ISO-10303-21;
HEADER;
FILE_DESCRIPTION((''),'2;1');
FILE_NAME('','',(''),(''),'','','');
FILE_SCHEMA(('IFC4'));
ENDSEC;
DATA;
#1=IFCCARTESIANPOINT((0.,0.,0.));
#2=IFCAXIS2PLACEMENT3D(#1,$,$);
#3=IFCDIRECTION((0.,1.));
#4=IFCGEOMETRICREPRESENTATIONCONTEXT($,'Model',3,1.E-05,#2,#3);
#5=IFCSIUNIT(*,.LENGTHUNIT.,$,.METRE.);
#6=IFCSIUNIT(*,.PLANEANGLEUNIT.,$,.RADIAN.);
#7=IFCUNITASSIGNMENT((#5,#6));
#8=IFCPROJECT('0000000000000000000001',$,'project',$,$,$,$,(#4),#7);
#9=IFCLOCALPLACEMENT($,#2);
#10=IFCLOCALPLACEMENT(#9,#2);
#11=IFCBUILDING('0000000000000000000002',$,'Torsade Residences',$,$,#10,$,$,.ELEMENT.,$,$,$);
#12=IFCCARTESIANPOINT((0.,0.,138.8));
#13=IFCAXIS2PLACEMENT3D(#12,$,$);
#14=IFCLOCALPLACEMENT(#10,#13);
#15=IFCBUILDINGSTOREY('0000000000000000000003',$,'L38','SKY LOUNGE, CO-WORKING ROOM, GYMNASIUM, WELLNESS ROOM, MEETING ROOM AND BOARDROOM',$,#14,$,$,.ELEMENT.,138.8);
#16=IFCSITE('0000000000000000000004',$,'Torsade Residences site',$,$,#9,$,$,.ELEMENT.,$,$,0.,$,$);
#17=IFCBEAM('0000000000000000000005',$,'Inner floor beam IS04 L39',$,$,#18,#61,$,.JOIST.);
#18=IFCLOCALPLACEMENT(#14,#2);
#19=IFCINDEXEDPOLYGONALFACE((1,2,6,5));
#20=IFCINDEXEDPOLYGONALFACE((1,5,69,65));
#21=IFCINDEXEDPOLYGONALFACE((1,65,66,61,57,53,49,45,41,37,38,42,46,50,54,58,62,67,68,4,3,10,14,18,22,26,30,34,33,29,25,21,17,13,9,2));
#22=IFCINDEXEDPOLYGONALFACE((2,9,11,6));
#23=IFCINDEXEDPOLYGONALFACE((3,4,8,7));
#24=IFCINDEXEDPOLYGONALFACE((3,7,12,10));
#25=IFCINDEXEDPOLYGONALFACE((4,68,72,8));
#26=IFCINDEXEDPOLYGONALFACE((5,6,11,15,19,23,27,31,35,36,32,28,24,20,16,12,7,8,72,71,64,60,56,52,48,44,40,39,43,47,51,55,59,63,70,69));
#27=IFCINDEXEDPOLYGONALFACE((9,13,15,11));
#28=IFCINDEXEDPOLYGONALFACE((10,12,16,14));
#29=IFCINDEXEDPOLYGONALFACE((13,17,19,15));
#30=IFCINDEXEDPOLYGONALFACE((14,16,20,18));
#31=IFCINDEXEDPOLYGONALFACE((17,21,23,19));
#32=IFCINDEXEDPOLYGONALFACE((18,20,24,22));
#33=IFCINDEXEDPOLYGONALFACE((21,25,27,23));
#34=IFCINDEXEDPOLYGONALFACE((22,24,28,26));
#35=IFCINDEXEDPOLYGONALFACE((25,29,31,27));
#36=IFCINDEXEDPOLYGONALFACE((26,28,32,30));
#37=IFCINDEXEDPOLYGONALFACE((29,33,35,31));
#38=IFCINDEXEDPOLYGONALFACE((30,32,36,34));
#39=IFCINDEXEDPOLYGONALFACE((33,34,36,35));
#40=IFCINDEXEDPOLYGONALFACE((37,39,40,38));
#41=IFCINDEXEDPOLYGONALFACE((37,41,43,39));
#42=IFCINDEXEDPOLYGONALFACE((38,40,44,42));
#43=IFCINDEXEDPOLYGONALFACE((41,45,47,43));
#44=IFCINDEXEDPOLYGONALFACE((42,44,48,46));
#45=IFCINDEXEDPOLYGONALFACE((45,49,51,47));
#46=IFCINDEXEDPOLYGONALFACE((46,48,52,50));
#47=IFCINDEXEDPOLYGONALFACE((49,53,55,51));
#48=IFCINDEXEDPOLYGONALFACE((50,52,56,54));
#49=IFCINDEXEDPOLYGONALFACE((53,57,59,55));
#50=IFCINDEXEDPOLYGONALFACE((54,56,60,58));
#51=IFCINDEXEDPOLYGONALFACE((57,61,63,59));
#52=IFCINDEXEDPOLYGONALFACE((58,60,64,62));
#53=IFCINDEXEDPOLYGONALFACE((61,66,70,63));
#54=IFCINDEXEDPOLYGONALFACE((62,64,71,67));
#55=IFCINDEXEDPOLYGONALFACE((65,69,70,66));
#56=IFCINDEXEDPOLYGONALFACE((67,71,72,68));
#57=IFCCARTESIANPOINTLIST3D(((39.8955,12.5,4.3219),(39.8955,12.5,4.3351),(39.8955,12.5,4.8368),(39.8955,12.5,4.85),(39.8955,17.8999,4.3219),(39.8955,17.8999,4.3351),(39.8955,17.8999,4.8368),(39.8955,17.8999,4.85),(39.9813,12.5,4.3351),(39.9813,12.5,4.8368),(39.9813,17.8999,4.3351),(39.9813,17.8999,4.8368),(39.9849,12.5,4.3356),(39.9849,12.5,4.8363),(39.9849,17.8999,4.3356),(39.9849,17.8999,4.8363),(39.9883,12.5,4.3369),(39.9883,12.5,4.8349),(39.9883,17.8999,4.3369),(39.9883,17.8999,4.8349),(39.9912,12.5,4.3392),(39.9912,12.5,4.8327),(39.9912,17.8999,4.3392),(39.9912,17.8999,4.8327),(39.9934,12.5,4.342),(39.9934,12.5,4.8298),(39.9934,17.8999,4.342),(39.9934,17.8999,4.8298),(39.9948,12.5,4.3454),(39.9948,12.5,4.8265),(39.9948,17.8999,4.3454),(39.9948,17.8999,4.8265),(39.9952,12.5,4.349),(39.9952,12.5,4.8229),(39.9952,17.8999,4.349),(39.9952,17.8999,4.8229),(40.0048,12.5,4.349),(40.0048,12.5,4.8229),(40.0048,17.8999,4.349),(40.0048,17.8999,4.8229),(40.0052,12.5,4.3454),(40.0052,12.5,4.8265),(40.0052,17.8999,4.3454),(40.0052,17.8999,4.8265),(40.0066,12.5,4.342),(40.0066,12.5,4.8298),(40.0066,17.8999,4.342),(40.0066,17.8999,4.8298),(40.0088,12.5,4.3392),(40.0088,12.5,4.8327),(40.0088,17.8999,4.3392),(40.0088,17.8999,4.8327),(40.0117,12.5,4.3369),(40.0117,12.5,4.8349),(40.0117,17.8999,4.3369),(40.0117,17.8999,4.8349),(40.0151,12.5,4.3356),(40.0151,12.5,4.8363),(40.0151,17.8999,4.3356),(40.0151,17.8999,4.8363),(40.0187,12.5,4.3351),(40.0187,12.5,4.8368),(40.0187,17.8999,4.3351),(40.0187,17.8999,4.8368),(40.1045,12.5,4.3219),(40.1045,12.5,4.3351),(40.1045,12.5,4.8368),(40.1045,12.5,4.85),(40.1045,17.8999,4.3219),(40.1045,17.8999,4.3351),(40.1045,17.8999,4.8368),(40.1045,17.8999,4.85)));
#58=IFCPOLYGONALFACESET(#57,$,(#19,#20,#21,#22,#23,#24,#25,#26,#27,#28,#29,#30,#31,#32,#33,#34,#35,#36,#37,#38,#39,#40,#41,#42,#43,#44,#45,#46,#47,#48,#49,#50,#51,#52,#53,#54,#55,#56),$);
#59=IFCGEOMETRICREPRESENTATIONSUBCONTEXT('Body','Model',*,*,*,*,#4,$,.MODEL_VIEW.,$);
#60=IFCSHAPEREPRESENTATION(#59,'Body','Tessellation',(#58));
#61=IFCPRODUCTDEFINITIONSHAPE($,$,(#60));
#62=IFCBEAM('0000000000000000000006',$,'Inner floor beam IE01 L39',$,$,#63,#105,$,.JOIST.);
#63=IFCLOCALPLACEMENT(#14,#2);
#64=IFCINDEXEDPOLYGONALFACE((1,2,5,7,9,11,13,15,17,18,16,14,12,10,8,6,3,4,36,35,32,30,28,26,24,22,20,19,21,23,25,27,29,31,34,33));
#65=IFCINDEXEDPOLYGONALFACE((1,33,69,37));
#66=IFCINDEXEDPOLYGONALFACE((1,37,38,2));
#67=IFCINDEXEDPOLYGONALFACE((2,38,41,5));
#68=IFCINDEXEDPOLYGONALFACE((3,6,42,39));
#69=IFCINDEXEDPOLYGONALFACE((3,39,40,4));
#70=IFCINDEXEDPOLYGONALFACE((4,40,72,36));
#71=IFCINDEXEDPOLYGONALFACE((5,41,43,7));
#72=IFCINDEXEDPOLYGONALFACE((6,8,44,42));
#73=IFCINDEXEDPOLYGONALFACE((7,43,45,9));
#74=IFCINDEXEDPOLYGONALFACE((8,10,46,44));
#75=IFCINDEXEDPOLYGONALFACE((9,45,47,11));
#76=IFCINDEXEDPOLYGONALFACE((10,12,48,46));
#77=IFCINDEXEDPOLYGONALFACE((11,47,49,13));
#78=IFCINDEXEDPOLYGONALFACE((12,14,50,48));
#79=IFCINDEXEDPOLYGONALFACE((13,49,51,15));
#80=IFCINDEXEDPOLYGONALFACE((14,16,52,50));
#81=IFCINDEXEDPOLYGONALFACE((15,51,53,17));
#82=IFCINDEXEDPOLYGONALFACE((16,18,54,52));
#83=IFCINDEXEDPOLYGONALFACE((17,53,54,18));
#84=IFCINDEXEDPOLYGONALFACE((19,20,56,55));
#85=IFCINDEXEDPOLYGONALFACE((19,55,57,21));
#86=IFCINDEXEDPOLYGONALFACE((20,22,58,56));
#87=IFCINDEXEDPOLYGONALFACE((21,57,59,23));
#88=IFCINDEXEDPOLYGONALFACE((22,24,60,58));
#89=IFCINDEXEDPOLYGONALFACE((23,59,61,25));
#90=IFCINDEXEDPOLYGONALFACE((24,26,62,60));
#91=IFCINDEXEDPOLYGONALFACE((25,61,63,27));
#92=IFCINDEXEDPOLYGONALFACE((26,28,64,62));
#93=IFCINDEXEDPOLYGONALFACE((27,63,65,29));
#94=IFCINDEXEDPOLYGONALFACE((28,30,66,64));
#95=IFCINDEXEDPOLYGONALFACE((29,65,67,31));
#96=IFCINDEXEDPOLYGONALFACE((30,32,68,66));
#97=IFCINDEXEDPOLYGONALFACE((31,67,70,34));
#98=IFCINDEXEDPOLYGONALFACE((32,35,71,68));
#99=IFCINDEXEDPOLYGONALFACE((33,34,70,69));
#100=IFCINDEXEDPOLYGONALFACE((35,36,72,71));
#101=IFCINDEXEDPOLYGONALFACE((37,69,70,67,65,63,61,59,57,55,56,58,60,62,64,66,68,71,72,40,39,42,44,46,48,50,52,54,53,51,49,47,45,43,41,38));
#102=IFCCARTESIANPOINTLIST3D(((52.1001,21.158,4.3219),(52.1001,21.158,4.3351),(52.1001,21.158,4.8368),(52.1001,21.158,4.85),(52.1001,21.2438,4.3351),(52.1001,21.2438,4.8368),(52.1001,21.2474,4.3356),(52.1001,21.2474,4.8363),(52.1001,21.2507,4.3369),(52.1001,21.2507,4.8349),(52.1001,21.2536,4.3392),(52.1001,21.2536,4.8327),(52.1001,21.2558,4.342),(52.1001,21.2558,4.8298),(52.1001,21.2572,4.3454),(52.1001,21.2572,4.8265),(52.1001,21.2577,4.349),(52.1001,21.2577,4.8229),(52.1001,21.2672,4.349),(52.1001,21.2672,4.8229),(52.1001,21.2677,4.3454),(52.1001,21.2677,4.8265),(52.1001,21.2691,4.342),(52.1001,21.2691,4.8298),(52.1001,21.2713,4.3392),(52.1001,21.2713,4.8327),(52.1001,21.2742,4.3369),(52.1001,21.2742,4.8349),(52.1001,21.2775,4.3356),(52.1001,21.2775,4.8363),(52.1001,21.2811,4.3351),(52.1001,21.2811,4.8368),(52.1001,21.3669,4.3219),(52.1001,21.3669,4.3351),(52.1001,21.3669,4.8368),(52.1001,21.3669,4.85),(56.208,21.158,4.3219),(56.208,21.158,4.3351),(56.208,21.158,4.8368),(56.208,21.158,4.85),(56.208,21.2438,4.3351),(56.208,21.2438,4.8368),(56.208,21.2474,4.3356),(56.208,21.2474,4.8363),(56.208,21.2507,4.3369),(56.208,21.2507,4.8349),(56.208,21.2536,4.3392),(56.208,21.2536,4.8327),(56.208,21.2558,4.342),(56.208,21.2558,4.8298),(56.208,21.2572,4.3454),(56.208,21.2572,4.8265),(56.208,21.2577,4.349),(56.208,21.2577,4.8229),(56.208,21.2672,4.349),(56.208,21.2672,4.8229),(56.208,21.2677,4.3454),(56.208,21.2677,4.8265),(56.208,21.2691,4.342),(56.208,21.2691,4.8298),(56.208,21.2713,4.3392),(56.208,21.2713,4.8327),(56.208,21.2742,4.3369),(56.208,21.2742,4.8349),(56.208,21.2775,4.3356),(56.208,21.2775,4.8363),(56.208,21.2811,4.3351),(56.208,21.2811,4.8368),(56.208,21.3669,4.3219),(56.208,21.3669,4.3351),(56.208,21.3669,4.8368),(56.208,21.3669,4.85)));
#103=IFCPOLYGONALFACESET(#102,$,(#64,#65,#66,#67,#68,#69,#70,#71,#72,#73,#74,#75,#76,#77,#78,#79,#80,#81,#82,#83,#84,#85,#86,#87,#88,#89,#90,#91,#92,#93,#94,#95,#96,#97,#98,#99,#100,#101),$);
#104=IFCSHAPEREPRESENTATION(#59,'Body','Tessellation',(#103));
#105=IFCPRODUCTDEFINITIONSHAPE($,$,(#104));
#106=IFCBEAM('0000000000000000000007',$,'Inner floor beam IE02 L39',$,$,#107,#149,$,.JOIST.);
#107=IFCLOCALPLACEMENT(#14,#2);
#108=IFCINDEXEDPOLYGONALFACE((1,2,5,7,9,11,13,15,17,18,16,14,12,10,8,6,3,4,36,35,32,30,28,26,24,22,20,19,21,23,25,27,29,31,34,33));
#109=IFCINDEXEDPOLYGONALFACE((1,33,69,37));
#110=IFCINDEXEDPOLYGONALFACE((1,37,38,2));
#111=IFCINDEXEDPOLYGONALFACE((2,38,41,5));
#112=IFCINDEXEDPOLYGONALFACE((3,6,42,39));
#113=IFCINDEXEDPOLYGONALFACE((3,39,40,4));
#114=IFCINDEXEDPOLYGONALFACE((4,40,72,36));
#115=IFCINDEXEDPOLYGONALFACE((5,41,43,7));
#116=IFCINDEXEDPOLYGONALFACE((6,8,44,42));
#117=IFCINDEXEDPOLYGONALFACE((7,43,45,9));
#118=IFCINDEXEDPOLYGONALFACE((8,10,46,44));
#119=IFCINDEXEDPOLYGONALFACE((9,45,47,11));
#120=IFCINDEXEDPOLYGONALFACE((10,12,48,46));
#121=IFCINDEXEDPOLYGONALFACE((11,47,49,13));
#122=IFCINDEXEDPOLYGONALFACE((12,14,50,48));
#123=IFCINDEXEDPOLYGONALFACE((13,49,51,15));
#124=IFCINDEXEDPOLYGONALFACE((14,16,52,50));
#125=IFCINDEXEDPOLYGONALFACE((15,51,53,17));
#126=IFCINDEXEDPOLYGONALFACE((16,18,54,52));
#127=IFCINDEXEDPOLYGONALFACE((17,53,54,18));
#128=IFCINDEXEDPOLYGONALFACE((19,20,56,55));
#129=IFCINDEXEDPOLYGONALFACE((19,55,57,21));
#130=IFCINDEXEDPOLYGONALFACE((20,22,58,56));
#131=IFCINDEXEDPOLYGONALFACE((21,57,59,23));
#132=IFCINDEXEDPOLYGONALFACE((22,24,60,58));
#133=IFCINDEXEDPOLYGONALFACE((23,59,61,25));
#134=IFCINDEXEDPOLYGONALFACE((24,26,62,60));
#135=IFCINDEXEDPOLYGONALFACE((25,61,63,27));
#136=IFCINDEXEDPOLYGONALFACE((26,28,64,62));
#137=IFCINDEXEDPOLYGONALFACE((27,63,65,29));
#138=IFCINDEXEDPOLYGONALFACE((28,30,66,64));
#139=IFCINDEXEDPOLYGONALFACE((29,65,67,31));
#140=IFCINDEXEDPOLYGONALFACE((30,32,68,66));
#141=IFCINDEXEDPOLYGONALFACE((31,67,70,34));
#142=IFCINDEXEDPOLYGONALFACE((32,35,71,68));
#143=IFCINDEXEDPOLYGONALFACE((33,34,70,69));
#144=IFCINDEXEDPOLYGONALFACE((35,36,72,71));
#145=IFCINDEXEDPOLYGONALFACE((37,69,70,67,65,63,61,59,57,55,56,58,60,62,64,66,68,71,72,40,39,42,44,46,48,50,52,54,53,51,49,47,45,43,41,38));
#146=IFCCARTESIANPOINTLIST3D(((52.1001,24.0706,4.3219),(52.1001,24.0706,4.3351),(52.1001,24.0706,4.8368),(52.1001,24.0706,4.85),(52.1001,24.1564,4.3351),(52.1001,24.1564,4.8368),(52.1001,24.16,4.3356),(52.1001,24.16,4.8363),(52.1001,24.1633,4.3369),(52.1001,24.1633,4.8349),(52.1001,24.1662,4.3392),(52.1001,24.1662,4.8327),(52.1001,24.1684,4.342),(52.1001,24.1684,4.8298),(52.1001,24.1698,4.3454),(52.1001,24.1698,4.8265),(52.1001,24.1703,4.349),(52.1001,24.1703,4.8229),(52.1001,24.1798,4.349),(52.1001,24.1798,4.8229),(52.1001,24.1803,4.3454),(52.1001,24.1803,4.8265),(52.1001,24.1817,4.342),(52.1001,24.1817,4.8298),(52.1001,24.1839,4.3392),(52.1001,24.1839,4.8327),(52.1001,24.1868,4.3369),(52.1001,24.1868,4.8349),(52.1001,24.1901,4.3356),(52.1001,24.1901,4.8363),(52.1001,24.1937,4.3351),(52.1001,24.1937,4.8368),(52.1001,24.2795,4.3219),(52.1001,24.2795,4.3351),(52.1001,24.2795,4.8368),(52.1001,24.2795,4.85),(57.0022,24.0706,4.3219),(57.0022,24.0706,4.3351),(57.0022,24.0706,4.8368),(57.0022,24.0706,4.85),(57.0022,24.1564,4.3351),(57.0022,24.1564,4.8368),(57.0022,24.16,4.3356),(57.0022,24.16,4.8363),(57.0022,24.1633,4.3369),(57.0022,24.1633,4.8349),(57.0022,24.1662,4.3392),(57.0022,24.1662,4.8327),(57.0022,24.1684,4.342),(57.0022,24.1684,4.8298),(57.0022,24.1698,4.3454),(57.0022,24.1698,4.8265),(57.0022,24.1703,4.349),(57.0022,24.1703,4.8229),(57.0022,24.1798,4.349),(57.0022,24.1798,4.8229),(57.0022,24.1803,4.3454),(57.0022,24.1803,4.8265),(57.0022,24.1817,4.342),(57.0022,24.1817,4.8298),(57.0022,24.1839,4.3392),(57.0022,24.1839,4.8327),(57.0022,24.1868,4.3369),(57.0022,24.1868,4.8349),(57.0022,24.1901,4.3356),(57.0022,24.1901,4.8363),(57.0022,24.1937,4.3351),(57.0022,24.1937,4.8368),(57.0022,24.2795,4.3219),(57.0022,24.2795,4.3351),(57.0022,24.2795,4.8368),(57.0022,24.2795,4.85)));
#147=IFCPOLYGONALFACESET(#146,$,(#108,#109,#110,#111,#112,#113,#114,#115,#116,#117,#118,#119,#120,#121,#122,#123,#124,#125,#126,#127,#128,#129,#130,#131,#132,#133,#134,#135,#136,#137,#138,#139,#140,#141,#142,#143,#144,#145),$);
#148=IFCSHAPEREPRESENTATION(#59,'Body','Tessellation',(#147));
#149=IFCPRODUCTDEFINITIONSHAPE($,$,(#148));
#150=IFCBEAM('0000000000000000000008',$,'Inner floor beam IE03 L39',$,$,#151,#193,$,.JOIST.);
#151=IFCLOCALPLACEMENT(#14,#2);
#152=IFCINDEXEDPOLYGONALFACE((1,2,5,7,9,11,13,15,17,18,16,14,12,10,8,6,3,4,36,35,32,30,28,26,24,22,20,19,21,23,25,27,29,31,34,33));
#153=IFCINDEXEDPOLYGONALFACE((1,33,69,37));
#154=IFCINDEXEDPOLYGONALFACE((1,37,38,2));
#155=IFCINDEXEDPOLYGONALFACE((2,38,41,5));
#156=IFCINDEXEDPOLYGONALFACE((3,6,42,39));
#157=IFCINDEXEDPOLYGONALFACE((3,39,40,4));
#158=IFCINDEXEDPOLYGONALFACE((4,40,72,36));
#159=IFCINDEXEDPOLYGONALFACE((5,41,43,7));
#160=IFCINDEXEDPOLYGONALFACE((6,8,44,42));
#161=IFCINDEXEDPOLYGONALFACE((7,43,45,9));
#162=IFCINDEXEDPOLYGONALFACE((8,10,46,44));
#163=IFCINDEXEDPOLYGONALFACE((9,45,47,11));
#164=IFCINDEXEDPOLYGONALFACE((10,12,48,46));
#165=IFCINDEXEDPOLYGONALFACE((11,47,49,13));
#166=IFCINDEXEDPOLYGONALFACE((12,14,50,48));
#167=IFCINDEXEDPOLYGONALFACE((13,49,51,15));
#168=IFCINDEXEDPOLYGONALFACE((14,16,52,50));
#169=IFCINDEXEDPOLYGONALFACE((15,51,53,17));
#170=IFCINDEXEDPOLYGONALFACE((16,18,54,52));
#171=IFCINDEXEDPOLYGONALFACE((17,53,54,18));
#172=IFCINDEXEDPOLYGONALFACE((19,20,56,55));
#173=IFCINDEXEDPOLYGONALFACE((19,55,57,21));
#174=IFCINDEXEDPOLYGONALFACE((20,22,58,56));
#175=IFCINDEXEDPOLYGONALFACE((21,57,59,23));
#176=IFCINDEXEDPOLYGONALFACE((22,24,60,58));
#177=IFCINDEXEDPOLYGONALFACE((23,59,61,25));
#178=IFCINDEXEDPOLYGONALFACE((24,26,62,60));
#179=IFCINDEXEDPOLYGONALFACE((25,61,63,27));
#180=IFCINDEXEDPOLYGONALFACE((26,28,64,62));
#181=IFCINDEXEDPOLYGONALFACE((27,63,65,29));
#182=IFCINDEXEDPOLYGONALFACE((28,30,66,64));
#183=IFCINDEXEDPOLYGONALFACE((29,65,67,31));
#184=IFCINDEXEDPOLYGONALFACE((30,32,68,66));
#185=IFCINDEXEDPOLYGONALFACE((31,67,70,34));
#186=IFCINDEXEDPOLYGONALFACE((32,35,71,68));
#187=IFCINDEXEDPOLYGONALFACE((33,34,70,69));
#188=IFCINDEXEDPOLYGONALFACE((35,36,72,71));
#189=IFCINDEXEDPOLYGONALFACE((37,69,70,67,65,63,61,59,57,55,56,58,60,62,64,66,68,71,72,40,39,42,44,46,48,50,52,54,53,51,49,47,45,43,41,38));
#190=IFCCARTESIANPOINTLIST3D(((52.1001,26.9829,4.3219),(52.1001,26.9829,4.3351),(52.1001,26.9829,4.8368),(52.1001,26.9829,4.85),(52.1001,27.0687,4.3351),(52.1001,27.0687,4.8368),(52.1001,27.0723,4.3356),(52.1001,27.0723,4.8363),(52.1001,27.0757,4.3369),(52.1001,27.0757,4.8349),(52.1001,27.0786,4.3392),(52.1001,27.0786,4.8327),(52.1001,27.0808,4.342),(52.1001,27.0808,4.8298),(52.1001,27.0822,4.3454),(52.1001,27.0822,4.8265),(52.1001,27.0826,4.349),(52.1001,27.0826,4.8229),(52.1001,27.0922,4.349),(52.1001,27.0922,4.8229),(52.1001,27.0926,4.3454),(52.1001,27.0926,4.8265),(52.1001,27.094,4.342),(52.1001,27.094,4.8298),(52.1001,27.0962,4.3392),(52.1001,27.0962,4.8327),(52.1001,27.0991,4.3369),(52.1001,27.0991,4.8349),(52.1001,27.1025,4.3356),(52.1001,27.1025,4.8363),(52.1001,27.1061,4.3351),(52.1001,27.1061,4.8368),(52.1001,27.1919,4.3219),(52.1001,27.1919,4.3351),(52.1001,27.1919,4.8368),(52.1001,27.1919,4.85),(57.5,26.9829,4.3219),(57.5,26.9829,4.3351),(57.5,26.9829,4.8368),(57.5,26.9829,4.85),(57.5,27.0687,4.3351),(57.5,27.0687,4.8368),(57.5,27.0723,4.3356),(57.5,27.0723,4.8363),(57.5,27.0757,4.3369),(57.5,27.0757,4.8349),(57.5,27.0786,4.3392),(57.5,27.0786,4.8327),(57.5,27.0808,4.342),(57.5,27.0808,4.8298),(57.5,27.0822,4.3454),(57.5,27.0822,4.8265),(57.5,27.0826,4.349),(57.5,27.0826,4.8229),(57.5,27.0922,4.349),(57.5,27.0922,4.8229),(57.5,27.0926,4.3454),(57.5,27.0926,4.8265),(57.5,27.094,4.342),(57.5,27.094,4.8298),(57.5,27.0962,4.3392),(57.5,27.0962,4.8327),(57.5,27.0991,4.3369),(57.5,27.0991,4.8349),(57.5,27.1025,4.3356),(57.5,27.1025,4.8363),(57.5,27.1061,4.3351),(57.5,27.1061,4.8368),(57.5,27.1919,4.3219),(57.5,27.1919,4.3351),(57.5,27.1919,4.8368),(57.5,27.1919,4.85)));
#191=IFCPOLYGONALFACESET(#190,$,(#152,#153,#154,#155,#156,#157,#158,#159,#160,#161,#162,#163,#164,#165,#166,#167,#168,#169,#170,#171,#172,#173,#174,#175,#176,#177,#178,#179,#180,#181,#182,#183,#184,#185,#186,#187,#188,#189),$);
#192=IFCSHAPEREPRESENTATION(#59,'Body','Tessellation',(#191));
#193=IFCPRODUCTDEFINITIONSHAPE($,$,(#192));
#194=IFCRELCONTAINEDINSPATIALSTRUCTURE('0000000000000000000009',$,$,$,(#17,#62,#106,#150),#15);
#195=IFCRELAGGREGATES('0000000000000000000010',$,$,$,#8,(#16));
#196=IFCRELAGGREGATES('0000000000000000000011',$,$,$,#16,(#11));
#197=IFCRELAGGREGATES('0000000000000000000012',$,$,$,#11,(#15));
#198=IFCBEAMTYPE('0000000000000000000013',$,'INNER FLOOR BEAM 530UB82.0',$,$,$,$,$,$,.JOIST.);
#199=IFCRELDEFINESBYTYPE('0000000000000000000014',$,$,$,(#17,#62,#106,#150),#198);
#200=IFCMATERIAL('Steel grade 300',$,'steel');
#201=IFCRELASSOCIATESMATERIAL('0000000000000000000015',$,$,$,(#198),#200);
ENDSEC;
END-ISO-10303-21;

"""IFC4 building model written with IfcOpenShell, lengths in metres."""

from ifc_helpers import new_model, si_unit, direction, frame, origin, origin_2d, place, context, subcontext, project, spatial, i_section, extrude, material, material_profile, profile_set, type_object, element, save


model = new_model("IFC4")

# Units and contexts
model_context = context("Model", 3, precision=1e-05, world=origin(), true_north=direction((0.0, 1.0)))
body_context = subcontext(model_context, "Body", "Model", "MODEL_VIEW")
ifc_project = project(units=[si_unit("LENGTHUNIT", "METRE"), si_unit("PLANEANGLEUNIT", "RADIAN")], contexts=[model_context])

# Site, building, storey
site_placement = place(None, origin())
site = spatial("IfcSite", under=ifc_project, at=site_placement, Name="Torsade Residences site", CompositionType="ELEMENT", RefElevation=0.0)
building_placement = place(site_placement, origin())
building = spatial("IfcBuilding", under=site, at=building_placement, Name="Torsade Residences", CompositionType="ELEMENT")
storey_placement = place(building_placement, frame((0.0, 0.0, 138.8)))
storey = spatial("IfcBuildingStorey", under=building, at=storey_placement, Name="L38", Description="SKY LOUNGE, CO-WORKING ROOM, GYMNASIUM, WELLNESS ROOM, MEETING ROOM AND BOARDROOM", CompositionType="ELEMENT", Elevation=138.8)

# Beams
ifc_material_1 = material(Name="Steel grade 300", Category="steel")
ifc_material_profile_1 = material_profile(ifc_material_1, i_section(OverallWidth=0.209, OverallDepth=0.5281, WebThickness=0.0095, FlangeThickness=0.0132, FilletRadius=0.0139, at=origin_2d()), Name="530UB82.0")
ifc_profile_set_1 = profile_set([ifc_material_profile_1], Name="Steel grade 300")
beam_type = type_object("IfcBeamType", Name="INNER FLOOR BEAM 530UB82.0", PredefinedType="JOIST", material=ifc_profile_set_1)
for number, where, z_axis, x_axis, name in (
    (1, (40.0, 17.8999, 4.5859), (0.0, -1.0, 0.0), (1.0, 0.0, 0.0), "Inner floor beam IS04 L39"),
):
    element("IfcBeam", number, at=place(storey_placement, frame(where, z_axis=z_axis, x_axis=x_axis)), inside=storey, type_object=beam_type, Name=name, PredefinedType="JOIST", context=body_context, shape_type="SweptSolid", body=[
        extrude(i_section(OverallWidth=0.209, OverallDepth=0.5281, WebThickness=0.0095, FlangeThickness=0.0132, FilletRadius=0.0139, at=origin_2d()), origin(), (0.0, 0.0, 1.0), 5.3999),
    ])
beam_1_placement = place(storey_placement, frame((52.1001, 21.2625, 4.5859), z_axis=(1.0, 0.0, 0.0), x_axis=(0.0, 1.0, 0.0)))
element("IfcBeam", 2, at=beam_1_placement, inside=storey, type_object=beam_type, Name="Inner floor beam IE01 L39", PredefinedType="JOIST", context=body_context, shape_type="SweptSolid", body=[
    extrude(i_section(OverallWidth=0.209, OverallDepth=0.5281, WebThickness=0.0095, FlangeThickness=0.0132, FilletRadius=0.0139, at=origin_2d()), origin(), (0.0, 0.0, 1.0), 4.1079),
])
beam_2_placement = place(storey_placement, frame((52.1001, 24.175, 4.5859), z_axis=(1.0, 0.0, 0.0), x_axis=(0.0, 1.0, 0.0)))
element("IfcBeam", 3, at=beam_2_placement, inside=storey, type_object=beam_type, Name="Inner floor beam IE02 L39", PredefinedType="JOIST", context=body_context, shape_type="SweptSolid", body=[
    extrude(i_section(OverallWidth=0.209, OverallDepth=0.5281, WebThickness=0.0095, FlangeThickness=0.0132, FilletRadius=0.0139, at=origin_2d()), origin(), (0.0, 0.0, 1.0), 4.9021),
])
beam_3_placement = place(storey_placement, frame((52.1001, 27.0874, 4.5859), z_axis=(1.0, 0.0, 0.0), x_axis=(0.0, 1.0, 0.0)))
element("IfcBeam", 4, at=beam_3_placement, inside=storey, type_object=beam_type, Name="Inner floor beam IE03 L39", PredefinedType="JOIST", context=body_context, shape_type="SweptSolid", body=[
    extrude(i_section(OverallWidth=0.209, OverallDepth=0.5281, WebThickness=0.0095, FlangeThickness=0.0132, FilletRadius=0.0139, at=origin_2d()), origin(), (0.0, 0.0, 1.0), 5.3999),
])

save(model, "model.ifc")
